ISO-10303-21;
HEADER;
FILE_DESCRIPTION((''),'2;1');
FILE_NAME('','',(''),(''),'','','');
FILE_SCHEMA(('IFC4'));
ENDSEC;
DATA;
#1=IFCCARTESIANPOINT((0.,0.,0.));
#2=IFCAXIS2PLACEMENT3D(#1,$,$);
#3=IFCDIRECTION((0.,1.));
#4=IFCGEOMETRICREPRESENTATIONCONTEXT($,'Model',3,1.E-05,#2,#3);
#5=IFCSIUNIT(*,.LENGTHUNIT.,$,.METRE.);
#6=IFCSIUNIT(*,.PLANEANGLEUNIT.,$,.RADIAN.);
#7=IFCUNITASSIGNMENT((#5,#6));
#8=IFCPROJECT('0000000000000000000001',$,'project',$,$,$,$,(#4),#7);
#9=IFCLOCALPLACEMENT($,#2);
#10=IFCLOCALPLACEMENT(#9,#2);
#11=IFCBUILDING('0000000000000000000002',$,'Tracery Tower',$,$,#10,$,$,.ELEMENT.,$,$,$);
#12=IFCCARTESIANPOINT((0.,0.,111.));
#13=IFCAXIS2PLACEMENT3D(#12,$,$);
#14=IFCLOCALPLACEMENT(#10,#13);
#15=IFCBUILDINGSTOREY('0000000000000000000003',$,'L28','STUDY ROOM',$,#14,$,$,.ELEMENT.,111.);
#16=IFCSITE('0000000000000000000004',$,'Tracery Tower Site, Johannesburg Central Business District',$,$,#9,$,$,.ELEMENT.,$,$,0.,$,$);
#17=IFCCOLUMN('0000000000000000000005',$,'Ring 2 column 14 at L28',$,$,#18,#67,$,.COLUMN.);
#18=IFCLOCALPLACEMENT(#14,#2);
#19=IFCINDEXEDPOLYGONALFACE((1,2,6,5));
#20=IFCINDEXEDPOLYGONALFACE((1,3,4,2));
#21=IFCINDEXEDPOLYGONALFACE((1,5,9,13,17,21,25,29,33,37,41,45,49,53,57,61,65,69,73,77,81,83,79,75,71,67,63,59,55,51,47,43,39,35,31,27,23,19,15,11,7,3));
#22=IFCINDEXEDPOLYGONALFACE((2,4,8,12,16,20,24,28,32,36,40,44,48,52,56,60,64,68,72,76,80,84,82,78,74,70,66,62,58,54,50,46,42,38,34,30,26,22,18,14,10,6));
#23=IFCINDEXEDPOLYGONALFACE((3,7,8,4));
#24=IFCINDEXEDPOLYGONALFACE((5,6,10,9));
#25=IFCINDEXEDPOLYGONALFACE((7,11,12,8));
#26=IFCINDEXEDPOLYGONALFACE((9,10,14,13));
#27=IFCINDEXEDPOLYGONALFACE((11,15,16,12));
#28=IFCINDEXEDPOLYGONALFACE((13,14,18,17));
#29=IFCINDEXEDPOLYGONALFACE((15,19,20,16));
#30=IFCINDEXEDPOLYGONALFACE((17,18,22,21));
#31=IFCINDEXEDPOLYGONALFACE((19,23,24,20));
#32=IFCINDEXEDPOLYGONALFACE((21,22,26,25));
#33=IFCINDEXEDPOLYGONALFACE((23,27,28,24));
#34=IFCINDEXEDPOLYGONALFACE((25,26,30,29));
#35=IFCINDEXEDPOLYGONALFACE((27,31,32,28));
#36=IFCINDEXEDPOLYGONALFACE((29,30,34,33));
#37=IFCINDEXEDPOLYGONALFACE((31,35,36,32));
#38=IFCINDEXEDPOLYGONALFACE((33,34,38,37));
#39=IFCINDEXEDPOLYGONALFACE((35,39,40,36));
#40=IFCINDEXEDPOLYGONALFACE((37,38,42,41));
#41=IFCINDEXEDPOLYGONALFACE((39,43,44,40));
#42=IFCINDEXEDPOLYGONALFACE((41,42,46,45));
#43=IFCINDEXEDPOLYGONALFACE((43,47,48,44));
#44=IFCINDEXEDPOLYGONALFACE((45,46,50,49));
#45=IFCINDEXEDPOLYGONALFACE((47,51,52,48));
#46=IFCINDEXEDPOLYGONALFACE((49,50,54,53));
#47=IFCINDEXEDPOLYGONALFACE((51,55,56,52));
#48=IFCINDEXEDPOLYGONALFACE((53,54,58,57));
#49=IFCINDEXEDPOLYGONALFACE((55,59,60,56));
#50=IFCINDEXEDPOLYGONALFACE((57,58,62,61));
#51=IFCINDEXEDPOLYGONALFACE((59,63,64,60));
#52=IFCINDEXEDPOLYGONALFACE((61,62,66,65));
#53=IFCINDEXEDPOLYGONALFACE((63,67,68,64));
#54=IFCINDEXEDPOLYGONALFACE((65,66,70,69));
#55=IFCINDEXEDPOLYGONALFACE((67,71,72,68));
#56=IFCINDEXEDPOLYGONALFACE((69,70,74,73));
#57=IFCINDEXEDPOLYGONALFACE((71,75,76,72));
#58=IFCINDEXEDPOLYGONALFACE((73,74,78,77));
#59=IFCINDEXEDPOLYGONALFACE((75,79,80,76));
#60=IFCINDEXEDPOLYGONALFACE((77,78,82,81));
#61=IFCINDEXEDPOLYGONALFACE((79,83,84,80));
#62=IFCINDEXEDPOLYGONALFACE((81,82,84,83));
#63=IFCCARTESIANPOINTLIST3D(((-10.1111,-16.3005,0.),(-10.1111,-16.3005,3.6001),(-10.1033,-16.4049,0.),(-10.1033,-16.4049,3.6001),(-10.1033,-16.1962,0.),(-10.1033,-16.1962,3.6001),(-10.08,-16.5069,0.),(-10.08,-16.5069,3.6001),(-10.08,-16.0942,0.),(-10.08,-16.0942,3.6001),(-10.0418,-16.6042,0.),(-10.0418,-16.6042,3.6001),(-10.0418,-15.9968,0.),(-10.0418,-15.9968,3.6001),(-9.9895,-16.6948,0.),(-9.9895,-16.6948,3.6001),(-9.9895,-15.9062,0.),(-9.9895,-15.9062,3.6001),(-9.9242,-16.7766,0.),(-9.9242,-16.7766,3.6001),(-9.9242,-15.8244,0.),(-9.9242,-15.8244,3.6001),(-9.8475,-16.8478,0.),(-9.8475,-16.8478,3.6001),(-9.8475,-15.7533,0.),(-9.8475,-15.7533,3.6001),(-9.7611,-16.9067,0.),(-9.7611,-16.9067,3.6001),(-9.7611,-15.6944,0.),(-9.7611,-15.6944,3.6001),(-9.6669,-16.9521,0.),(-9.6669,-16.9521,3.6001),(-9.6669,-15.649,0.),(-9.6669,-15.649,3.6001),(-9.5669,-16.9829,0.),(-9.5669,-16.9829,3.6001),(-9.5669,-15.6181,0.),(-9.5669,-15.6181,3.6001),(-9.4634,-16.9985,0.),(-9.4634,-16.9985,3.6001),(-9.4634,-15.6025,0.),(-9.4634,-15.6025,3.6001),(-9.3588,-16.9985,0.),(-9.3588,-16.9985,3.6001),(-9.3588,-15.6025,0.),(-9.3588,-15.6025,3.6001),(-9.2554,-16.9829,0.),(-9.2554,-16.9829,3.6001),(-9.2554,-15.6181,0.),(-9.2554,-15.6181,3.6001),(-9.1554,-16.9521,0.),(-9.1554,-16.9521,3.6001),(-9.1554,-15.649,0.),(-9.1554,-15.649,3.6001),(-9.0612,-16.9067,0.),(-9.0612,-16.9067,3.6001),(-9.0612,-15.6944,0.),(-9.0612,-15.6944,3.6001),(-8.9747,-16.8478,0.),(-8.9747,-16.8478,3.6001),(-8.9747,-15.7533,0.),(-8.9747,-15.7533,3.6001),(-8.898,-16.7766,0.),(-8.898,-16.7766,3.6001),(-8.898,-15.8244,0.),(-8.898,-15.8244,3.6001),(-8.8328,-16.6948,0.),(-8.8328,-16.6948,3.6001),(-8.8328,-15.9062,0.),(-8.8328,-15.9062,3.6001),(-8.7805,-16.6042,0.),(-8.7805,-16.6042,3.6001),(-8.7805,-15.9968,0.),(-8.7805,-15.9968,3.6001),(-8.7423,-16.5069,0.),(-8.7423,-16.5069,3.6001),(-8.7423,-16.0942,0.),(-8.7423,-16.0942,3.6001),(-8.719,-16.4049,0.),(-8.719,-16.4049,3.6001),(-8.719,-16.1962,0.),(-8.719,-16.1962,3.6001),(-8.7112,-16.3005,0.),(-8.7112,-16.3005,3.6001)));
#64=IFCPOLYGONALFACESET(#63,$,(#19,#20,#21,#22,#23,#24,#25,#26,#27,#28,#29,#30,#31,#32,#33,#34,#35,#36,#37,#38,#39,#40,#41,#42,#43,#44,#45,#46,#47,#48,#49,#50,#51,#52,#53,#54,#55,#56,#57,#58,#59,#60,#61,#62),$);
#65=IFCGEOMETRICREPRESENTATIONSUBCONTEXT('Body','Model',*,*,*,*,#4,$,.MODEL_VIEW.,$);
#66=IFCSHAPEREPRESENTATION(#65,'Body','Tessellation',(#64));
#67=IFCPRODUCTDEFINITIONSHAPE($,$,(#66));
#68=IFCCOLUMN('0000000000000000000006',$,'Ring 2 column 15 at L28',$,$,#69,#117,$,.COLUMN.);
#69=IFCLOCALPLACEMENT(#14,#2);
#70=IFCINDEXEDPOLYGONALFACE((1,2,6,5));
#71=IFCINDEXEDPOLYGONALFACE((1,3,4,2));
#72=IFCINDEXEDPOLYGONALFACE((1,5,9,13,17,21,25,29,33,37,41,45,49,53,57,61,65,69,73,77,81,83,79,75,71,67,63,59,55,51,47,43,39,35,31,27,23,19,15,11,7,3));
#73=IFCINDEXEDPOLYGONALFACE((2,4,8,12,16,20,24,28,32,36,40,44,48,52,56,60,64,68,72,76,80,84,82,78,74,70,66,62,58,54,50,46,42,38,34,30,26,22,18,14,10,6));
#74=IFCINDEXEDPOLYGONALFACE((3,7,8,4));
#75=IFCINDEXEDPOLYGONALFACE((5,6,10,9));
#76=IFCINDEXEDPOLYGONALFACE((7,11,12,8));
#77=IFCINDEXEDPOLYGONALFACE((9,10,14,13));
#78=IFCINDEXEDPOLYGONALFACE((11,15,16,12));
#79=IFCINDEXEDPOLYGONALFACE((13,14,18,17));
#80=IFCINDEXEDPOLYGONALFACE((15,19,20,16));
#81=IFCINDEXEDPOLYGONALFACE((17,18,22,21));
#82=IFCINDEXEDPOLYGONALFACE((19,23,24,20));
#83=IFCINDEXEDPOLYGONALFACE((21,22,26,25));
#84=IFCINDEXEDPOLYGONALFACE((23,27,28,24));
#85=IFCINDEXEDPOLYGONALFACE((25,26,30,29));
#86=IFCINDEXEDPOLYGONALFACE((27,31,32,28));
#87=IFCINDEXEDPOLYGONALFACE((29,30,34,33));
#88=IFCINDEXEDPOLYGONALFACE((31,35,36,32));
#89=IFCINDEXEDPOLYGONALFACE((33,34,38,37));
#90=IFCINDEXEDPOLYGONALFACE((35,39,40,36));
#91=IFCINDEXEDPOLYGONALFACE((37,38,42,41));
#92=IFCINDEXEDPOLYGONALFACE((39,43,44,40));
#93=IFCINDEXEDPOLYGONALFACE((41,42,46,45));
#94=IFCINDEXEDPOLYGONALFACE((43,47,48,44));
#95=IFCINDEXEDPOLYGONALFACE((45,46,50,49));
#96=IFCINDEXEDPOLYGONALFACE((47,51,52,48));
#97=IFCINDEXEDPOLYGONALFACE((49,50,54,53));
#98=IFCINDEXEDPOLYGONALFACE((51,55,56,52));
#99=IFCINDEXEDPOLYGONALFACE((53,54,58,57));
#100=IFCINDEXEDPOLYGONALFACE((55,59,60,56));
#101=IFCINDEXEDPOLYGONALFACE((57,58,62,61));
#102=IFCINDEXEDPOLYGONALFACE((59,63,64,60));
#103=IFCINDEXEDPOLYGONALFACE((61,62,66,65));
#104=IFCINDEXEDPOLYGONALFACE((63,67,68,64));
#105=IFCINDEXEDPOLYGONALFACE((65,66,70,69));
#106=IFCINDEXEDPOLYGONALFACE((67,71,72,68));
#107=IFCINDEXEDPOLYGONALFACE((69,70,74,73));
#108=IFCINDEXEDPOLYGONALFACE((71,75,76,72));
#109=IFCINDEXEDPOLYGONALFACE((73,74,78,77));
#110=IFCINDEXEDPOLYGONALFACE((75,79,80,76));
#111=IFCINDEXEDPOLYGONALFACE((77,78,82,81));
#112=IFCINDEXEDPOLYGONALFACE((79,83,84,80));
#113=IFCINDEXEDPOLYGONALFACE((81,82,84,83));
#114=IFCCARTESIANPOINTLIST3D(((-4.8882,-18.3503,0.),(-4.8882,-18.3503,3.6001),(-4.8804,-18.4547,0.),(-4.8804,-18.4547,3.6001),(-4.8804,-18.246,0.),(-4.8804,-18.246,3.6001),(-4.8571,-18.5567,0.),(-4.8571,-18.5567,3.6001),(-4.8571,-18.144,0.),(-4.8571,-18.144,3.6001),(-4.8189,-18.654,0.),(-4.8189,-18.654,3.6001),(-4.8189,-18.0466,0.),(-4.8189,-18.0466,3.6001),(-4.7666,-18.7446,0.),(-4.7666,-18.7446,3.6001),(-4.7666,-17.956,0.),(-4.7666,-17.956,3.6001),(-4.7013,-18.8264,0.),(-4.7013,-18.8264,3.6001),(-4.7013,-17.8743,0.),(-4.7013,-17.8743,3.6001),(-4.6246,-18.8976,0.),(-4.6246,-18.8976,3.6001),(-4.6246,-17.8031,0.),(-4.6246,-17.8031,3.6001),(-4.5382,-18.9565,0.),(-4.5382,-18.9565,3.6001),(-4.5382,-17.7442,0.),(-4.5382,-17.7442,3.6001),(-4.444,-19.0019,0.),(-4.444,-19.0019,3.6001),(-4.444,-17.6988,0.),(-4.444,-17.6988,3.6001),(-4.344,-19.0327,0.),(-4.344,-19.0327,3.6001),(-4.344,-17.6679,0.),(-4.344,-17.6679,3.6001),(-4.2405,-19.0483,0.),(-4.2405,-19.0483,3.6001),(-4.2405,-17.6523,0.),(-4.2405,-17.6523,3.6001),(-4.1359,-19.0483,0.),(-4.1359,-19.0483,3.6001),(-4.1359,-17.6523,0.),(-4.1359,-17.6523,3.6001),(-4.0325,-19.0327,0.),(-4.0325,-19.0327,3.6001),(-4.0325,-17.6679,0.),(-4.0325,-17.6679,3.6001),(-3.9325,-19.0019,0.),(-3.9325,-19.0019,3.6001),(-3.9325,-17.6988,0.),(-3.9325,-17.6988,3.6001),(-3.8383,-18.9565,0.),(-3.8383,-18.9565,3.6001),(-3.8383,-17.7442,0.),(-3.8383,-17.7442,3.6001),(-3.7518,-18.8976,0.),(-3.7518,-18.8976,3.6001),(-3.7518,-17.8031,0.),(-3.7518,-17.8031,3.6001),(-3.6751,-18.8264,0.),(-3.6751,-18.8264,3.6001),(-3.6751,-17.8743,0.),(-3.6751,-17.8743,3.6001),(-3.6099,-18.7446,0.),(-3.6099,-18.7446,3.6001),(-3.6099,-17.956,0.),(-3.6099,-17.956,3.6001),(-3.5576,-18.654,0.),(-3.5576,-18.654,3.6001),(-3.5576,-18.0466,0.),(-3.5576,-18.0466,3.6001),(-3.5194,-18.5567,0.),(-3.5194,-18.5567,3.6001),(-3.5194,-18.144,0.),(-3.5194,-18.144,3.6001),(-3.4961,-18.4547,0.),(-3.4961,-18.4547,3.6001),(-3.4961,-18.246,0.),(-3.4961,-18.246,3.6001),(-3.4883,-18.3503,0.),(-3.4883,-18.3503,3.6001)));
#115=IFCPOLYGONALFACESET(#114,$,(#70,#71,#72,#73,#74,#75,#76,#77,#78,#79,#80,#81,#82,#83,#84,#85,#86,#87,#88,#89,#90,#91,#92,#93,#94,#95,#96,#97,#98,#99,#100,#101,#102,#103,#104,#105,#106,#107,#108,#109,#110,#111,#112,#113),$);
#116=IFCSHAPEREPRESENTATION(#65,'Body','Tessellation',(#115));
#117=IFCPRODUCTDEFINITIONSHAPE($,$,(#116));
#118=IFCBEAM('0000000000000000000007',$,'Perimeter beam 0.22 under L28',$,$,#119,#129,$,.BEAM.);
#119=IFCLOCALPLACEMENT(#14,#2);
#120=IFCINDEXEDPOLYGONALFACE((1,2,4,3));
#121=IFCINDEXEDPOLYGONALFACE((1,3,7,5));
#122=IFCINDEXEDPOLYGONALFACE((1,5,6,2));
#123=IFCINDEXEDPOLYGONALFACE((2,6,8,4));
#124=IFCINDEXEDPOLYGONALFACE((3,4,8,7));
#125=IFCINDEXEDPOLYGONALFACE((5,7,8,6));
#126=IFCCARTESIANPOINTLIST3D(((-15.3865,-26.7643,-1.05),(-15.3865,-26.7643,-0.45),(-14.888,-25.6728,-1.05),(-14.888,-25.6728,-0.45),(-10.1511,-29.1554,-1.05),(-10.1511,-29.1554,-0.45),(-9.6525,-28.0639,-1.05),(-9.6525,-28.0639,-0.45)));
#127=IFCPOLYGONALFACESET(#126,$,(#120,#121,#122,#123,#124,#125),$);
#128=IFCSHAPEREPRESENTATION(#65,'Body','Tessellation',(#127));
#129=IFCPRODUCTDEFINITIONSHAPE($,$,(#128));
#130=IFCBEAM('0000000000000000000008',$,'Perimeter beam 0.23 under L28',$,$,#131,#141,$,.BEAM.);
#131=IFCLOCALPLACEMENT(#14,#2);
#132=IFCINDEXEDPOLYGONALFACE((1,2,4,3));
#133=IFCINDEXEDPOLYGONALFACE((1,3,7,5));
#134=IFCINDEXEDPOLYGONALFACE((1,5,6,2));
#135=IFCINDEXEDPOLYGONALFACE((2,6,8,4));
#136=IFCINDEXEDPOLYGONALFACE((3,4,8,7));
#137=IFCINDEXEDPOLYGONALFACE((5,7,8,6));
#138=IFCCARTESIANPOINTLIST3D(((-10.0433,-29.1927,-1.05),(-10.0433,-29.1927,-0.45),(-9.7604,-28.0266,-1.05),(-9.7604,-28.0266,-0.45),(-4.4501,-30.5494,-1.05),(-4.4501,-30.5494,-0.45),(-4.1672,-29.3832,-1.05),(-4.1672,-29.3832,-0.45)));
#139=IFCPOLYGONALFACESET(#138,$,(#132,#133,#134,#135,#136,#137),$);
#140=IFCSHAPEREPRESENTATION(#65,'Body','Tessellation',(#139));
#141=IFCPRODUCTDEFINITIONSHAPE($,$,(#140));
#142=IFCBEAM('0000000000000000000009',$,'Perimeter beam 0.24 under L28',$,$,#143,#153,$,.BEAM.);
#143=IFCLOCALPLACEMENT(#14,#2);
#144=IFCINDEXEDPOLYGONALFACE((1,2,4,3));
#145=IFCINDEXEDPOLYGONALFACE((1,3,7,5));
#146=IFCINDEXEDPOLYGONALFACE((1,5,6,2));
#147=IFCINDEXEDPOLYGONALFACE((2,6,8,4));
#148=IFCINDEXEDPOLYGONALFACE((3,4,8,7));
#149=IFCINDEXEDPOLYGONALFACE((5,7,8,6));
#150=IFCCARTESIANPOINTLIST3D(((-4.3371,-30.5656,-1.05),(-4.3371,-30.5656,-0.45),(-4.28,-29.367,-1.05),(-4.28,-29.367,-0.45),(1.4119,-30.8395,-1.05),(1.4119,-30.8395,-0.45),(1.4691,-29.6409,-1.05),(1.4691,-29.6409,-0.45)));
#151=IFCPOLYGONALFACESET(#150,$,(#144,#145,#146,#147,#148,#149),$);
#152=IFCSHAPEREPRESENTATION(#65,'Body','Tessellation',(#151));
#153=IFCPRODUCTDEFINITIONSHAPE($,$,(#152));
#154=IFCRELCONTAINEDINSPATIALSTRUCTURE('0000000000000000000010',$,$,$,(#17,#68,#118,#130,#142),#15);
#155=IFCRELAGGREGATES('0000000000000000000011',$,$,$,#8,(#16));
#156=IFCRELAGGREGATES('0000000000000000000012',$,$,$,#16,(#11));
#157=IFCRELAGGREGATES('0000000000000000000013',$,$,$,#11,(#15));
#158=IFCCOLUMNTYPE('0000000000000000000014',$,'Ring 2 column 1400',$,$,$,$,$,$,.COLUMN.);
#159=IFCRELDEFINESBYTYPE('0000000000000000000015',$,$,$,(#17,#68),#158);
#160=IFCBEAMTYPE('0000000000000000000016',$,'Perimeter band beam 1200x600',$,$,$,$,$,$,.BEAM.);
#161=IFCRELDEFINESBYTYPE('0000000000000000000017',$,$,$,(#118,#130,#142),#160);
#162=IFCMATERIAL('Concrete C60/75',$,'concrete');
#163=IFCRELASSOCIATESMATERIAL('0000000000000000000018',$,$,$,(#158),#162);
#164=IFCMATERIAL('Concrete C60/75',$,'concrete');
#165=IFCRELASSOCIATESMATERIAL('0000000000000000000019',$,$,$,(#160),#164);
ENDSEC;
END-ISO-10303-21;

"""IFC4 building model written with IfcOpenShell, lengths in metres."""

from ifc_helpers import new_model, si_unit, direction, frame, origin, origin_2d, place, context, subcontext, project, spatial, rectangle, circle, extrude, material, material_profile, profile_set, type_object, element, save


model = new_model("IFC4")

# Units and contexts
model_context = context("Model", 3, precision=1e-05, world=origin(), true_north=direction((0.0, 1.0)))
body_context = subcontext(model_context, "Body", "Model", "MODEL_VIEW")
ifc_project = project(units=[si_unit("LENGTHUNIT", "METRE"), si_unit("PLANEANGLEUNIT", "RADIAN")], contexts=[model_context])

# Site, building, storey
site_placement = place(None, origin())
site = spatial("IfcSite", under=ifc_project, at=site_placement, Name="Tracery Tower Site, Johannesburg Central Business District", CompositionType="ELEMENT", RefElevation=0.0)
building_placement = place(site_placement, origin())
building = spatial("IfcBuilding", under=site, at=building_placement, Name="Tracery Tower", CompositionType="ELEMENT")
storey_placement = place(building_placement, frame((0.0, 0.0, 111.0)))
storey = spatial("IfcBuildingStorey", under=building, at=storey_placement, Name="L28", Description="STUDY ROOM", CompositionType="ELEMENT", Elevation=111.0)

# Columns
ifc_material_1 = material(Name="Concrete C60/75", Category="concrete")
ifc_material_profile_1 = material_profile(ifc_material_1, circle(Radius=0.7, at=origin_2d()), Name="RC D1400")
ifc_profile_set_1 = profile_set([ifc_material_profile_1], Name="Concrete C60/75")
column_type_1 = type_object("IfcColumnType", Name="Ring 2 column 1400", PredefinedType="COLUMN", material=ifc_profile_set_1)
for number, where, z_axis, x_axis, name in (
    (1, (-9.4111, -16.3005, 0.0), (0.0, 0.0, 1.0), (1.0, 0.0, 0.0), "Ring 2 column 14 at L28"),
    (2, (-4.1882, -18.3503, 0.0), (0.0, 0.0, 1.0), (1.0, 0.0, 0.0), "Ring 2 column 15 at L28"),
):
    element("IfcColumn", number, at=place(storey_placement, frame(where, z_axis=z_axis, x_axis=x_axis)), inside=storey, type_object=column_type_1, Name=name, PredefinedType="COLUMN", context=body_context, shape_type="SweptSolid", body=[
        extrude(circle(Radius=0.7, at=origin_2d()), origin(), (0.0, 0.0, 1.0), 3.6001),
    ])

# Beams
ifc_material_2 = material(Name="Concrete C60/75", Category="concrete")
ifc_material_profile_2 = material_profile(ifc_material_2, rectangle(XDim=1.2, YDim=0.6001, at=origin_2d()), Name="RC 1200x600")
ifc_profile_set_2 = profile_set([ifc_material_profile_2], Name="Concrete C60/75")
beam_type = type_object("IfcBeamType", Name="Perimeter band beam 1200x600", PredefinedType="BEAM", material=ifc_profile_set_2)
beam_1_placement = place(storey_placement, frame((-15.1372, -26.2185, -0.75), z_axis=(0.909618, -0.415445, 0.0), x_axis=(0.415445, 0.909618, 0.0)))
element("IfcBeam", 3, at=beam_1_placement, inside=storey, type_object=beam_type, Name="Perimeter beam 0.22 under L28", PredefinedType="BEAM", context=body_context, shape_type="SweptSolid", body=[
    extrude(rectangle(XDim=1.2, YDim=0.6001, at=origin_2d()), origin(), (0.0, 0.0, 1.0), 5.7556),
])
beam_2_placement = place(storey_placement, frame((-9.9019, -28.6096, -0.75), z_axis=(0.97182, -0.235723, 0.0), x_axis=(0.235723, 0.97182, 0.0)))
element("IfcBeam", 4, at=beam_2_placement, inside=storey, type_object=beam_type, Name="Perimeter beam 0.23 under L28", PredefinedType="BEAM", context=body_context, shape_type="SweptSolid", body=[
    extrude(rectangle(XDim=1.2, YDim=0.6001, at=origin_2d()), origin(), (0.0, 0.0, 1.0), 5.7554),
])
beam_3_placement = place(storey_placement, frame((-4.3086, -29.9663, -0.75), z_axis=(0.998867, -0.047593, 0.0), x_axis=(0.047593, 0.998867, 0.0)))
element("IfcBeam", 5, at=beam_3_placement, inside=storey, type_object=beam_type, Name="Perimeter beam 0.24 under L28", PredefinedType="BEAM", context=body_context, shape_type="SweptSolid", body=[
    extrude(rectangle(XDim=1.2, YDim=0.6001, at=origin_2d()), origin(), (0.0, 0.0, 1.0), 5.7556),
])

save(model, "model.ifc")
